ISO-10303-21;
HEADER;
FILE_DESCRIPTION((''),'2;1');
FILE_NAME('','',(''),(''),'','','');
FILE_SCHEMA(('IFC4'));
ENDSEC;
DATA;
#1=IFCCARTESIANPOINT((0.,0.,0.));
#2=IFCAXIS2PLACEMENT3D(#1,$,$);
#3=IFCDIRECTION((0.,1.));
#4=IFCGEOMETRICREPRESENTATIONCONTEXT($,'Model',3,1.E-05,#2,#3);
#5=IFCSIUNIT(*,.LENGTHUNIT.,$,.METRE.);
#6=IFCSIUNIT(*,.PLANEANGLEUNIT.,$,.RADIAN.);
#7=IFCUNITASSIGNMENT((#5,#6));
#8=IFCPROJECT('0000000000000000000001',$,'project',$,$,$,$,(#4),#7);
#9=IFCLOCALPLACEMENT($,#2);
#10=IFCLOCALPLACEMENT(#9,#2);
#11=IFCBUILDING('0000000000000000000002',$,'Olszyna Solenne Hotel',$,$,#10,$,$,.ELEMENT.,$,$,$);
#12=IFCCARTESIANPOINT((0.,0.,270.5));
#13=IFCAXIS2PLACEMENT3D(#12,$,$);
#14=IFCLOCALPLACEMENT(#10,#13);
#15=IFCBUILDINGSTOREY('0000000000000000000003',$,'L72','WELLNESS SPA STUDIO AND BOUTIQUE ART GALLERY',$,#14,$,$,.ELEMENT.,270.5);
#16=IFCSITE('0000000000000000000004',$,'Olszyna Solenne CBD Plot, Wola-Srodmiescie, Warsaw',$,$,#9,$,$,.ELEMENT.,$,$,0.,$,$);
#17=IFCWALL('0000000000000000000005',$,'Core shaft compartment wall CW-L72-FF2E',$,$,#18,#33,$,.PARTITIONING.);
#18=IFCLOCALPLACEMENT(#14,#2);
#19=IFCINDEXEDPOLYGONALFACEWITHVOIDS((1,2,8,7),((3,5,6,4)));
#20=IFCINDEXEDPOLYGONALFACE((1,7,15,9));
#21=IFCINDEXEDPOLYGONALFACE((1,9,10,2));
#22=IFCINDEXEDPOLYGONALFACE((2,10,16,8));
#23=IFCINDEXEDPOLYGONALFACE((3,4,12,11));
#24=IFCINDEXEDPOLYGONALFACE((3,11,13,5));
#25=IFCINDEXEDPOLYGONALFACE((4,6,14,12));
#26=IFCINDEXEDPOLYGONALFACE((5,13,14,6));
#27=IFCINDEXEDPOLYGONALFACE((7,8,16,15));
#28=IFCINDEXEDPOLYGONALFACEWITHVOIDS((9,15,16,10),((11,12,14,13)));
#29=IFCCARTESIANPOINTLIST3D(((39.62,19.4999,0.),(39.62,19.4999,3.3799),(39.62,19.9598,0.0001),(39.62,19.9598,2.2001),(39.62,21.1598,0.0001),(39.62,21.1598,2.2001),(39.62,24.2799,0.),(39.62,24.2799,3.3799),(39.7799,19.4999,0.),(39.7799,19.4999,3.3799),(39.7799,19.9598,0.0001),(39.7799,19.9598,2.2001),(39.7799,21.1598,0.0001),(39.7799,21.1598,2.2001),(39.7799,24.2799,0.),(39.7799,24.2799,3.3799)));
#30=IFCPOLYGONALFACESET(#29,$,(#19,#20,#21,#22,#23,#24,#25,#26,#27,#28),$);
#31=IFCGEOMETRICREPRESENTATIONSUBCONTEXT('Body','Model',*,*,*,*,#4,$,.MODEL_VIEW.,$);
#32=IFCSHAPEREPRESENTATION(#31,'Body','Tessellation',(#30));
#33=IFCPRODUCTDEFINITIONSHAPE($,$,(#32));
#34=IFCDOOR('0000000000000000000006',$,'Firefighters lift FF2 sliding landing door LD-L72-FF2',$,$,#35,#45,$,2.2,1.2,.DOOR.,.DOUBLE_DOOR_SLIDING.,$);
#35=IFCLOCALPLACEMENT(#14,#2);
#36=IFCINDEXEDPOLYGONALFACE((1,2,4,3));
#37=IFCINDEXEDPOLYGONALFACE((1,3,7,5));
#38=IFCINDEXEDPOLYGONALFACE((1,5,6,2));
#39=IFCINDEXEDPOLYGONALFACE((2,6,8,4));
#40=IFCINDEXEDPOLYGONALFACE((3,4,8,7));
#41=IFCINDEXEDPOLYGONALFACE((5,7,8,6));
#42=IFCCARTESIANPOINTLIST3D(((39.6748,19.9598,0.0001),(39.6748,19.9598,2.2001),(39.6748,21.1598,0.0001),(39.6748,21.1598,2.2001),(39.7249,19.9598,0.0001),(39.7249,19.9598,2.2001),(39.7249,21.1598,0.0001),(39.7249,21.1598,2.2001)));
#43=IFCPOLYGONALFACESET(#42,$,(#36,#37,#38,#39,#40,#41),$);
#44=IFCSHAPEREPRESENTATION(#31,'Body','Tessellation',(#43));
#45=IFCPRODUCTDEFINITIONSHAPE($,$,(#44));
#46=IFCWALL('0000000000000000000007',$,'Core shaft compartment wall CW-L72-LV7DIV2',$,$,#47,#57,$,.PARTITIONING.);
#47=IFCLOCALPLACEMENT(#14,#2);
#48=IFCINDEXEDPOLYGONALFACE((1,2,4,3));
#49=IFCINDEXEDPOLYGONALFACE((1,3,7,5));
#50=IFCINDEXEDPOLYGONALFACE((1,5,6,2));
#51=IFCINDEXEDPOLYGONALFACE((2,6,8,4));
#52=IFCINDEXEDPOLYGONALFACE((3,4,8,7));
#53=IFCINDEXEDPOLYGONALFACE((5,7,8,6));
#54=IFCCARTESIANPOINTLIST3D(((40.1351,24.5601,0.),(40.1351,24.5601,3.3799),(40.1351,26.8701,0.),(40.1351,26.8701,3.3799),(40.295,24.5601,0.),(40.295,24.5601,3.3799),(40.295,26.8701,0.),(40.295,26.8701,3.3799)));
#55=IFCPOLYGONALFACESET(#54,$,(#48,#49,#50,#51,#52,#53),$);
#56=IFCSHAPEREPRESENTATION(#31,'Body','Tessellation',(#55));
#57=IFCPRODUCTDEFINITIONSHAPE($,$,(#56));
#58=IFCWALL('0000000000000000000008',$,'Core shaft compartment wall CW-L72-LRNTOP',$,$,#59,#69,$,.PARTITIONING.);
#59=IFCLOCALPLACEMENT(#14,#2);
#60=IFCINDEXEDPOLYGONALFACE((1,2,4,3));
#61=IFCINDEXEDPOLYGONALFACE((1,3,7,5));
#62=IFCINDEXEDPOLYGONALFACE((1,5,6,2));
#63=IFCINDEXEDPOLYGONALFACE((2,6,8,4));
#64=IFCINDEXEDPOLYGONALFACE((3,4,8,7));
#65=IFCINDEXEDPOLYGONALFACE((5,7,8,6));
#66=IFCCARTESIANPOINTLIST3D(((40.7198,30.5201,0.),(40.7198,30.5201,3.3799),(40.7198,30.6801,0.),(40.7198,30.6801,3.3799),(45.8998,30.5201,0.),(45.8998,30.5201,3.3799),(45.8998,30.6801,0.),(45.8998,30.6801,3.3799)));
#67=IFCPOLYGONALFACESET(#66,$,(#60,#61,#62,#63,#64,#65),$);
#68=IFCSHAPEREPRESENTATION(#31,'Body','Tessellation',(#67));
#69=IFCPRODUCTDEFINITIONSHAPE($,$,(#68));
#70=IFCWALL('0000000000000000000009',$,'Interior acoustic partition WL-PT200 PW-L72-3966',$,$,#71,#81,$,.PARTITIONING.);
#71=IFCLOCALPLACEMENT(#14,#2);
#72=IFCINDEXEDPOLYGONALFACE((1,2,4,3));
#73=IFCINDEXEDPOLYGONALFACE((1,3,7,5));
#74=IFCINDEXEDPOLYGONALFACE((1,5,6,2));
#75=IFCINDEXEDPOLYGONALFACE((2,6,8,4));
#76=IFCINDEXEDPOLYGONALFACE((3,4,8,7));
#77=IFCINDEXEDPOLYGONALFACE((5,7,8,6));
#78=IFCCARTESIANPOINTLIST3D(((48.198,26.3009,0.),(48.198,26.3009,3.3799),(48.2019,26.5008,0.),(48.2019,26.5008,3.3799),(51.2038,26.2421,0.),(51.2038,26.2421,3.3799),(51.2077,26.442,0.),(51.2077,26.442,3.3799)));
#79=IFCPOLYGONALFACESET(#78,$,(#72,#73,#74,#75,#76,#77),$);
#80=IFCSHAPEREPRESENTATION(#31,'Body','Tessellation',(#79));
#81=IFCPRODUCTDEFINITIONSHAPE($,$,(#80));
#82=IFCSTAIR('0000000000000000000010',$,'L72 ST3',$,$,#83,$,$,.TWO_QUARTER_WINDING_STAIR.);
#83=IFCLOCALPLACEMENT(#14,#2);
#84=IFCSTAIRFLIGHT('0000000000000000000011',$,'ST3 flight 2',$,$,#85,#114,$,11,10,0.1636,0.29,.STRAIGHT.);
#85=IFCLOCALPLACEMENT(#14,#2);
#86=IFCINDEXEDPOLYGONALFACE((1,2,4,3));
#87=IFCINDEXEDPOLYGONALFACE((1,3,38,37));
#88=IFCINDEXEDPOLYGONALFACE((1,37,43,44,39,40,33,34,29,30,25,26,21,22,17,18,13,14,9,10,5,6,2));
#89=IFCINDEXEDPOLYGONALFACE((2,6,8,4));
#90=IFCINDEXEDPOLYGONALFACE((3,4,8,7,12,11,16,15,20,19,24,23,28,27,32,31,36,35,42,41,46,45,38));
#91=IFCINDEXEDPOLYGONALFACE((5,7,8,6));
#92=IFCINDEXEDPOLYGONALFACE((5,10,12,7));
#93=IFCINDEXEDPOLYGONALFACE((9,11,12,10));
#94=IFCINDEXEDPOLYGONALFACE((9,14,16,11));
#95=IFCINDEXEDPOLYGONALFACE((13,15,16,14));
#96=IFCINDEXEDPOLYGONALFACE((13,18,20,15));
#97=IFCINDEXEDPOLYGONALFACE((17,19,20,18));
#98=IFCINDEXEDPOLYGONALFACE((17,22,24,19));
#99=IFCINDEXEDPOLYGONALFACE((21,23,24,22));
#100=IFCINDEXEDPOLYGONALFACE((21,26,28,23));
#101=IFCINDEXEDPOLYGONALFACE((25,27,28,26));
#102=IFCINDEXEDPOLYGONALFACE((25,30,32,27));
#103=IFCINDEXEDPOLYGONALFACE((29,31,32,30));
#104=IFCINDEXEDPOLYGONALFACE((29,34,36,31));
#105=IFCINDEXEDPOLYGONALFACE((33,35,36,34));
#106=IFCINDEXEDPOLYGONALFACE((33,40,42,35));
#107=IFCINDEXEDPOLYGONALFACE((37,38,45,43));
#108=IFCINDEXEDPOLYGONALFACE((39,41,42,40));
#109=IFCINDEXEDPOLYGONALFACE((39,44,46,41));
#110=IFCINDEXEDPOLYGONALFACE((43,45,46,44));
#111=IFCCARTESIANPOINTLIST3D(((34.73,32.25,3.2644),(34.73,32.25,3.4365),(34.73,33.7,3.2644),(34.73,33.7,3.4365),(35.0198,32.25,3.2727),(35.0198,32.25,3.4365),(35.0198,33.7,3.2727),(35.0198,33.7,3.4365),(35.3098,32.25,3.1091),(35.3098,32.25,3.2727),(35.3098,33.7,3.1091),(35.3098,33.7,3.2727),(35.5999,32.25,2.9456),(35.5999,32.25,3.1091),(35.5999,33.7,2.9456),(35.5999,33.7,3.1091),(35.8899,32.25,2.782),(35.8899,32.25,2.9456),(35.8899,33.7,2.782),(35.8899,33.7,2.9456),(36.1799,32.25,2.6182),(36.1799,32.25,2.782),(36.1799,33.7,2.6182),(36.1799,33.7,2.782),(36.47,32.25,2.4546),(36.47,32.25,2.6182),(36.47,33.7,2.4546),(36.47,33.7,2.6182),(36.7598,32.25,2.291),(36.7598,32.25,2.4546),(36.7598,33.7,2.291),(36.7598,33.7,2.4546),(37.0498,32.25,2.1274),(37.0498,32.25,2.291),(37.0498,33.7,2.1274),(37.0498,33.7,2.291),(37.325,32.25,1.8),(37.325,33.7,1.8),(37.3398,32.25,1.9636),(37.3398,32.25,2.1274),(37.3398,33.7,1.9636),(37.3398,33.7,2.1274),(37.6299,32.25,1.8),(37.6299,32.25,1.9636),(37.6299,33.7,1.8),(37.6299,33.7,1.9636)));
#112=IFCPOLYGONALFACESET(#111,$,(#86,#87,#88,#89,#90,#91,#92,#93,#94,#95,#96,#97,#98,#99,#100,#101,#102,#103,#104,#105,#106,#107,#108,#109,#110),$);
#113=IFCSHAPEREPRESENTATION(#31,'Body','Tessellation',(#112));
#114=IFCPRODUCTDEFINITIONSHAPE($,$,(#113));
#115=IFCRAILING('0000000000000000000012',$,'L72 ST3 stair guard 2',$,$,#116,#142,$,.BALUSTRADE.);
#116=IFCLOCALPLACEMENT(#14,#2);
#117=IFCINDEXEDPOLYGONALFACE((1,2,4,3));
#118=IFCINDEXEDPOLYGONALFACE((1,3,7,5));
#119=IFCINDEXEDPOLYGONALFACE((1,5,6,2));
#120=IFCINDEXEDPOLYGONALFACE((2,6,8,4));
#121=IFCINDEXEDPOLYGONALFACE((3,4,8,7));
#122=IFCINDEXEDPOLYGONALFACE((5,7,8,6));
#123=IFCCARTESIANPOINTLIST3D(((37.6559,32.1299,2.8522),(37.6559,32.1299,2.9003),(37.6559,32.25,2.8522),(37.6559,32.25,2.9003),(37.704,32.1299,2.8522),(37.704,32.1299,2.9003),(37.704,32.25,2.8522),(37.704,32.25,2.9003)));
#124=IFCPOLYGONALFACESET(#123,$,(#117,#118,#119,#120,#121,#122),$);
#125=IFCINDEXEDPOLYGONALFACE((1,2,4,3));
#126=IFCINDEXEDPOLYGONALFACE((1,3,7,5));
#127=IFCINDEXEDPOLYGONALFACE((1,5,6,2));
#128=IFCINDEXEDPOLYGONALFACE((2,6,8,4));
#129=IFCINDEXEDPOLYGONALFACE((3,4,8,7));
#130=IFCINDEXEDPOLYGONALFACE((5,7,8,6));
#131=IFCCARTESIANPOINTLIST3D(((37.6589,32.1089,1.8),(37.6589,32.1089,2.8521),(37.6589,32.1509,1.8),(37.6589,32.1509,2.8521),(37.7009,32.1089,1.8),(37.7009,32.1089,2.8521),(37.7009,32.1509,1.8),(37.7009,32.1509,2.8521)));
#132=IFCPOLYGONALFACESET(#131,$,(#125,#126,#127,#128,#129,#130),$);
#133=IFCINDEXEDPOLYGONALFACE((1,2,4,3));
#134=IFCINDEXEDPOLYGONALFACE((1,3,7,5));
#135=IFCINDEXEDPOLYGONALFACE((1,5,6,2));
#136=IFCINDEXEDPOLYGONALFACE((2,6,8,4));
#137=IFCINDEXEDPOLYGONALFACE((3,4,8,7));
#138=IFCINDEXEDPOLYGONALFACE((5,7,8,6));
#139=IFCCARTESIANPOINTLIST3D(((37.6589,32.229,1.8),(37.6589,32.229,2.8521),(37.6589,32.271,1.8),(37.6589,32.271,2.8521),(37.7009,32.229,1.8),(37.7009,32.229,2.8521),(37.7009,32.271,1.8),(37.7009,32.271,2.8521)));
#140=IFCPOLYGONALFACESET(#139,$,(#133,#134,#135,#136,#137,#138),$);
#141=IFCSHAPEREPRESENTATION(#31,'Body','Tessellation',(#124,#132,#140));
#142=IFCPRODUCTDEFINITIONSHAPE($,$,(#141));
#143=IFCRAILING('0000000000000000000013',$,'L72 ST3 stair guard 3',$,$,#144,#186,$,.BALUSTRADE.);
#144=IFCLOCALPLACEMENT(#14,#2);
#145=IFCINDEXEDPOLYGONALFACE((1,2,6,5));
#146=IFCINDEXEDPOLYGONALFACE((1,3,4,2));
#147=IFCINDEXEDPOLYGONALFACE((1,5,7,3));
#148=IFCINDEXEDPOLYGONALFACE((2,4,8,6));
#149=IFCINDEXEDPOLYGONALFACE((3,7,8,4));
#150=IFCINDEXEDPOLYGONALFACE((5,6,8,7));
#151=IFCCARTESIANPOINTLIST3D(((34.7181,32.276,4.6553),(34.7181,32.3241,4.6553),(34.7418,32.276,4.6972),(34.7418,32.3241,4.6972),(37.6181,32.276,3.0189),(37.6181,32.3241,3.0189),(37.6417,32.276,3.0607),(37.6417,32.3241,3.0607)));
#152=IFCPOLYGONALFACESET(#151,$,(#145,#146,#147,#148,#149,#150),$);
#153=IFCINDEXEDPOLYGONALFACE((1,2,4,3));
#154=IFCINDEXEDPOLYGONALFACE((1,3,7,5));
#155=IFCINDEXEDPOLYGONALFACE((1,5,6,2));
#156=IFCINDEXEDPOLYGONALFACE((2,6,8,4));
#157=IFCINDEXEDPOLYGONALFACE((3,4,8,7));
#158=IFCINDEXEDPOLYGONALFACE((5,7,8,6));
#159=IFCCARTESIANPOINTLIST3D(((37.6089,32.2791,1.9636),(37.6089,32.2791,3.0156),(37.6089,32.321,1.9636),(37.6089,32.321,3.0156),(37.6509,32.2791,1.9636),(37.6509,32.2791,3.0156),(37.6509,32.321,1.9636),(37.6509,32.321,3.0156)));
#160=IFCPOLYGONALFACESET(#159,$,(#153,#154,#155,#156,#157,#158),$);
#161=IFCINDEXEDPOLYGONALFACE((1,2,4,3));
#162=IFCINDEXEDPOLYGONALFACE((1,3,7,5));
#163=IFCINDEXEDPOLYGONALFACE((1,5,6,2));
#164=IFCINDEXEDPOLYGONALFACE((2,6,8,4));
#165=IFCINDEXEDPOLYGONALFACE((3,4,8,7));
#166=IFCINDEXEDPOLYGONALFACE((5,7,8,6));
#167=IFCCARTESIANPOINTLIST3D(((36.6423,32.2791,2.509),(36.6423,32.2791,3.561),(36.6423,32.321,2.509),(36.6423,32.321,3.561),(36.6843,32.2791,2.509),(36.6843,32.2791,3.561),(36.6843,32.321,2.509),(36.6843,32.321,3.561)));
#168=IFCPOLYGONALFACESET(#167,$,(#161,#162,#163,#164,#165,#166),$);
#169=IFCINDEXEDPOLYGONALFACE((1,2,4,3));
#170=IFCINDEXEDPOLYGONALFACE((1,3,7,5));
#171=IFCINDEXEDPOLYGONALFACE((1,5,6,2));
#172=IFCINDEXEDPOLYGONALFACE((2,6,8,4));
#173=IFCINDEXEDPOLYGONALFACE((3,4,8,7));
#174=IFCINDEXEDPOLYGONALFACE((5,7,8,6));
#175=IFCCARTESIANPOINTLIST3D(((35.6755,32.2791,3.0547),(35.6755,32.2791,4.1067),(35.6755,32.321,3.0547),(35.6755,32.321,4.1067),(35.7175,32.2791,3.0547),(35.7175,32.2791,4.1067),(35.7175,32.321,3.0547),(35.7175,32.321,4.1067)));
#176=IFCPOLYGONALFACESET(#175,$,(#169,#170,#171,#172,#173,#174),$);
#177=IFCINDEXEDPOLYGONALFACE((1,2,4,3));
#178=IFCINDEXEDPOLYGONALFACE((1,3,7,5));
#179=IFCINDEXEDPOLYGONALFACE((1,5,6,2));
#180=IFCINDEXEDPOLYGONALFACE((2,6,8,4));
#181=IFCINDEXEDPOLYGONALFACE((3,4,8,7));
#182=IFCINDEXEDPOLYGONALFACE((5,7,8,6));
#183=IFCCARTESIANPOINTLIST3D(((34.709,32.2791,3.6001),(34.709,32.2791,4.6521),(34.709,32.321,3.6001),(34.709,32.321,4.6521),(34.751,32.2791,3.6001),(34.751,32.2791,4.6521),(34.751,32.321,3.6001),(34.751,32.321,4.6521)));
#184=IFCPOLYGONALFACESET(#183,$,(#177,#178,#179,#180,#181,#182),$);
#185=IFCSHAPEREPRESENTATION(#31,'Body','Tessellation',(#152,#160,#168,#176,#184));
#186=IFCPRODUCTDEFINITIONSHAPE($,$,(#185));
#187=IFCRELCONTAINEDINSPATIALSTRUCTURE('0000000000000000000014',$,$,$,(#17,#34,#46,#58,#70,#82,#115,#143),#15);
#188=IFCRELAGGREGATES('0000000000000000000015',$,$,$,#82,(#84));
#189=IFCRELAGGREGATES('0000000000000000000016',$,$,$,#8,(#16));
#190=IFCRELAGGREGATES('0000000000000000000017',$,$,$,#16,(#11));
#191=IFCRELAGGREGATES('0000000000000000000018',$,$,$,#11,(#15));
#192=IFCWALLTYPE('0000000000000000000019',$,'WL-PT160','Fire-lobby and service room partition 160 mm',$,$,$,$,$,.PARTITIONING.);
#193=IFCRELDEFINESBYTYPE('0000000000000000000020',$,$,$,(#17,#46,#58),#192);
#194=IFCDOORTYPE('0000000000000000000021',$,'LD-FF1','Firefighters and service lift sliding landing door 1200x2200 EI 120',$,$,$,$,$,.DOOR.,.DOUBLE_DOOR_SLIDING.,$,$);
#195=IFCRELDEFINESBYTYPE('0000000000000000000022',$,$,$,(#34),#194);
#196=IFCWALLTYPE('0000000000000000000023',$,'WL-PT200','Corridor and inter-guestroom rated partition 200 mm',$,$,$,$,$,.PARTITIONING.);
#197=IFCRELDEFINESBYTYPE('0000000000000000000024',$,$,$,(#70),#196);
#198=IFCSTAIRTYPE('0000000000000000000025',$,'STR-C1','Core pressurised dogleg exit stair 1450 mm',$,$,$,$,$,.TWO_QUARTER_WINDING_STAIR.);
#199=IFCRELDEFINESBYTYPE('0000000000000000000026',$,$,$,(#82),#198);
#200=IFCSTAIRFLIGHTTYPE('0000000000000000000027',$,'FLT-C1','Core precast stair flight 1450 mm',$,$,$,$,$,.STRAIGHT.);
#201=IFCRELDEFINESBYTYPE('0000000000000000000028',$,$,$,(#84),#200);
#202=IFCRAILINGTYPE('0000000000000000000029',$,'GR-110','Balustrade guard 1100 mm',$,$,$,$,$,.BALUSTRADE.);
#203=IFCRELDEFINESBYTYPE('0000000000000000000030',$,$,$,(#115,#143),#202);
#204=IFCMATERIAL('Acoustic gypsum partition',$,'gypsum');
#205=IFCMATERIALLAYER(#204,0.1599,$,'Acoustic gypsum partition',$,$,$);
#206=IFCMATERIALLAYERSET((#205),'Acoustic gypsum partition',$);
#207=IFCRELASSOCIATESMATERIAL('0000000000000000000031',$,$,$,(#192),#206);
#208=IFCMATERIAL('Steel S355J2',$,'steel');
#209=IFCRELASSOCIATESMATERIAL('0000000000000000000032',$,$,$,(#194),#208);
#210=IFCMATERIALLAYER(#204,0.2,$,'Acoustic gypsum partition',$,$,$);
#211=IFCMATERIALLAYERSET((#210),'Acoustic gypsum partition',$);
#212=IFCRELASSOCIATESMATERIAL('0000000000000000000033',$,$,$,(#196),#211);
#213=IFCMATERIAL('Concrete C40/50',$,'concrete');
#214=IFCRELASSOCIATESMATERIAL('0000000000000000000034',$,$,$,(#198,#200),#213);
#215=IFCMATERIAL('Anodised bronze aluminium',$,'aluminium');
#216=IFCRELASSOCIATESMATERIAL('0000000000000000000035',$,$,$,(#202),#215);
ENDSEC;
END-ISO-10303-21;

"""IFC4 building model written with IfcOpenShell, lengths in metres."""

from ifc_helpers import new_model, si_unit, direction, frame, frame_2d, origin, origin_2d, place, context, subcontext, project, spatial, polyline, rectangle, outline, extrude, source, transform, mapped, material, layer, layer_set, type_object, type_shapes, element, fill, aggregate, save


model = new_model("IFC4")

# Units and contexts
model_context = context("Model", 3, precision=1e-05, world=origin(), true_north=direction((0.0, 1.0)))
body_context = subcontext(model_context, "Body", "Model", "MODEL_VIEW")
ifc_project = project(units=[si_unit("LENGTHUNIT", "METRE"), si_unit("PLANEANGLEUNIT", "RADIAN")], contexts=[model_context])

# Site, building, storey
site_placement = place(None, origin())
site = spatial("IfcSite", under=ifc_project, at=site_placement, Name="Olszyna Solenne CBD Plot, Wola-Srodmiescie, Warsaw", CompositionType="ELEMENT", RefElevation=0.0)
building_placement = place(site_placement, origin())
building = spatial("IfcBuilding", under=site, at=building_placement, Name="Olszyna Solenne Hotel", CompositionType="ELEMENT")
storey_placement = place(building_placement, frame((0.0, 0.0, 270.5)))
storey = spatial("IfcBuildingStorey", under=building, at=storey_placement, Name="L72", Description="WELLNESS SPA STUDIO AND BOUTIQUE ART GALLERY", CompositionType="ELEMENT", Elevation=270.5)

# Shared definitions
ifc_material_1 = material(Name="Steel S355J2", Category="steel")

# Shared definitions
ifc_material_2 = material(Name="Anodised bronze aluminium", Category="aluminium")

# Shared definitions
ifc_material_3 = material(Name="Acoustic gypsum partition", Category="gypsum")

# Shared definitions
ifc_layer_1 = layer(ifc_material_3, 0.1599, Name="Acoustic gypsum partition")
ifc_layer_set_1 = layer_set([ifc_layer_1], Name="Acoustic gypsum partition")
wall_type_1 = type_object("IfcWallType", Name="WL-PT160", Description="Fire-lobby and service room partition 160 mm", PredefinedType="PARTITIONING", material=ifc_layer_set_1)

# Wall, opening, door
wall_1_placement = place(storey_placement, frame((39.7, 24.28, 0.0), z_axis=(0.0, 0.0, 1.0), x_axis=(0.0, -1.0, 0.0)))
wall_1 = element("IfcWall", 1, at=wall_1_placement, inside=storey, type_object=wall_type_1, Name="Core shaft compartment wall CW-L72-FF2E", PredefinedType="PARTITIONING", context=body_context, shape_type="SweptSolid", body=[
    extrude(rectangle(XDim=4.78, YDim=0.1599, at=frame_2d((2.3901, 0.0))), origin(), (0.0, 0.0, 1.0), 3.3799),
])
opening_1_placement = place(wall_1_placement, frame((3.1201, 0.0, 0.0)))
opening_1 = element("IfcOpeningElement", 2, at=opening_1_placement, cuts=wall_1, PredefinedType="OPENING", context=body_context, shape_type="SweptSolid", body=[
    extrude(rectangle(XDim=1.2, YDim=2.2, at=frame_2d((0.6001, 1.1001))), frame((0.0, 0.0898, 0.0), z_axis=(0.0, -1.0, 0.0), x_axis=(1.0, 0.0, 0.0)), (0.0, 0.0, 1.0), 0.1799),
])
door_type_1 = type_object("IfcDoorType", Name="LD-FF1", Description="Firefighters and service lift sliding landing door 1200x2200 EI 120", OperationType="DOUBLE_DOOR_SLIDING", PredefinedType="DOOR", material=ifc_material_1)
shared_shape_1 = source(origin(), body_context, "Body", "SweptSolid", [
    extrude(rectangle(XDim=1.2, YDim=2.2, at=frame_2d((0.6001, 1.1001))), frame((0.0, 0.0249, 0.0), z_axis=(0.0, -1.0, 0.0), x_axis=(1.0, 0.0, 0.0)), (0.0, 0.0, 1.0), 0.05),
])
type_shapes(door_type_1, [shared_shape_1])
door_1_placement = place(opening_1_placement, origin())
door_1 = element("IfcDoor", 3, at=door_1_placement, inside=storey, type_object=door_type_1, Name="Firefighters lift FF2 sliding landing door LD-L72-FF2", OperationType="DOUBLE_DOOR_SLIDING", OverallHeight=2.2, OverallWidth=1.2, PredefinedType="DOOR", context=body_context, shape_type="MappedRepresentation", body=[
    mapped(shared_shape_1, transform((0.0, 0.0, 0.0), x_axis=(1.0, 0.0, 0.0), y_axis=(0.0, 1.0, 0.0), z_axis=(0.0, 0.0, 1.0), scale=1.0)),
])
fill(opening_1, door_1)

# Walls
wall_2_placement = place(storey_placement, frame((40.2151, 24.5601, 0.0), z_axis=(0.0, 0.0, 1.0), x_axis=(0.0, 1.0, 0.0)))
element("IfcWall", 4, at=wall_2_placement, inside=storey, type_object=wall_type_1, Name="Core shaft compartment wall CW-L72-LV7DIV2", PredefinedType="PARTITIONING", context=body_context, shape_type="SweptSolid", body=[
    extrude(rectangle(XDim=2.3101, YDim=0.1599, at=frame_2d((1.155, 0.0))), origin(), (0.0, 0.0, 1.0), 3.3799),
])
wall_3_placement = place(storey_placement, frame((40.72, 30.6001, 0.0), z_axis=(0.0, 0.0, 1.0), x_axis=(1.0, 0.0, 0.0)))
element("IfcWall", 5, at=wall_3_placement, inside=storey, type_object=wall_type_1, Name="Core shaft compartment wall CW-L72-LRNTOP", PredefinedType="PARTITIONING", context=body_context, shape_type="SweptSolid", body=[
    extrude(rectangle(XDim=5.1799, YDim=0.1599, at=frame_2d((2.5898, 0.0))), origin(), (0.0, 0.0, 1.0), 3.3799),
])
ifc_layer_2 = layer(ifc_material_3, 0.2, Name="Acoustic gypsum partition")
ifc_layer_set_2 = layer_set([ifc_layer_2], Name="Acoustic gypsum partition")
wall_type_2 = type_object("IfcWallType", Name="WL-PT200", Description="Corridor and inter-guestroom rated partition 200 mm", PredefinedType="PARTITIONING", material=ifc_layer_set_2)
wall_4_placement = place(storey_placement, frame((48.2, 26.4009, 0.0), z_axis=(0.0, 0.0, 1.0), x_axis=(0.999808, -0.019571, 0.0)))
element("IfcWall", 6, at=wall_4_placement, inside=storey, type_object=wall_type_2, Name="Interior acoustic partition WL-PT200 PW-L72-3966", PredefinedType="PARTITIONING", context=body_context, shape_type="SweptSolid", body=[
    extrude(rectangle(XDim=3.0063, YDim=0.2, at=frame_2d((1.5032, 0.0))), origin(), (0.0, 0.0, 1.0), 3.3799),
])

# Stair, stair flight
ifc_material_4 = material(Name="Concrete C40/50", Category="concrete")
stair_type = type_object("IfcStairType", Name="STR-C1", Description="Core pressurised dogleg exit stair 1450 mm", PredefinedType="TWO_QUARTER_WINDING_STAIR", material=ifc_material_4)
stair_placement = place(storey_placement, origin())
stair = element("IfcStair", 7, at=stair_placement, inside=storey, type_object=stair_type, Name="L72 ST3", PredefinedType="TWO_QUARTER_WINDING_STAIR")
stair_flight_type = type_object("IfcStairFlightType", Name="FLT-C1", Description="Core precast stair flight 1450 mm", PredefinedType="STRAIGHT", material=ifc_material_4)
stair_flight_placement = place(storey_placement, frame((37.6299, 32.9751, 1.8), z_axis=(0.0, 0.0, 1.0), x_axis=(-1.0, 0.0, 0.0)))
stair_flight = element("IfcStairFlight", 8, at=stair_flight_placement, type_object=stair_flight_type, Name="ST3 flight 2", NumberOfRisers=11, NumberOfTreads=10, PredefinedType="STRAIGHT", RiserHeight=0.1636, TreadLength=0.29, context=body_context, shape_type="SweptSolid", body=[
    extrude(outline(polyline([(0.0, 0.0), (0.0, 0.1636), (0.29, 0.1636), (0.29, 0.3274), (0.5801, 0.3274), (0.5801, 0.491), (0.8701, 0.491), (0.8701, 0.6545), (1.1599, 0.6545), (1.1599, 0.8181), (1.45, 0.8181), (1.45, 0.9819), (1.74, 0.9819), (1.74, 1.1455), (2.03, 1.1455), (2.03, 1.3091), (2.3201, 1.3091), (2.3201, 1.4727), (2.6101, 1.4727), (2.6101, 1.6365), (2.8999, 1.6365), (2.8999, 1.8), (2.8999, 1.4644), (0.3049, 0.0), (0.0, 0.0)])), frame((0.0, 0.7251, 0.0), z_axis=(0.0, -1.0, 0.0), x_axis=(1.0, 0.0, 0.0)), (0.0, 0.0, 1.0), 1.45),
])
aggregate(stair, [stair_flight])

# Railings
railing_type_1 = type_object("IfcRailingType", Name="GR-110", Description="Balustrade guard 1100 mm", PredefinedType="BALUSTRADE", material=ifc_material_2)
railing_1_placement = place(storey_placement, frame((37.6799, 32.1299, 1.8)))
element("IfcRailing", 9, at=railing_1_placement, inside=storey, type_object=railing_type_1, Name="L72 ST3 stair guard 2", PredefinedType="BALUSTRADE", context=body_context, shape_type="SweptSolid", body=[
    extrude(rectangle(XDim=0.0481, YDim=0.0481, at=origin_2d()), frame((0.0, 0.0, 1.0762), z_axis=(0.0, 1.0, 0.0), x_axis=(-1.0, 0.0, 0.0)), (0.0, 0.0, 1.0), 0.1201),
    extrude(rectangle(XDim=0.042, YDim=0.042, at=origin_2d()), origin(), (0.0, 0.0, 1.0), 1.052),
    extrude(rectangle(XDim=0.042, YDim=0.042, at=origin_2d()), frame((0.0, 0.1201, 0.0)), (0.0, 0.0, 1.0), 1.052),
])
railing_2_placement = place(storey_placement, frame((37.6299, 32.3, 1.9636)))
element("IfcRailing", 10, at=railing_2_placement, inside=storey, type_object=railing_type_1, Name="L72 ST3 stair guard 3", PredefinedType="BALUSTRADE", context=body_context, shape_type="SweptSolid", body=[
    extrude(rectangle(XDim=0.0481, YDim=0.0481, at=origin_2d()), frame((0.0, 0.0, 1.0762), z_axis=(-0.870897, 0.0, 0.491465), x_axis=(0.0, -1.0, 0.0)), (0.0, 0.0, 1.0), 3.3298),
    extrude(rectangle(XDim=0.042, YDim=0.042, at=origin_2d()), origin(), (0.0, 0.0, 1.0), 1.052),
    extrude(rectangle(XDim=0.042, YDim=0.042, at=origin_2d()), frame((-0.9666, 0.0, 0.5454)), (0.0, 0.0, 1.0), 1.052),
    extrude(rectangle(XDim=0.042, YDim=0.042, at=origin_2d()), frame((-1.9333, 0.0, 1.0911)), (0.0, 0.0, 1.0), 1.052),
    extrude(rectangle(XDim=0.042, YDim=0.042, at=origin_2d()), frame((-2.8999, 0.0, 1.6365)), (0.0, 0.0, 1.0), 1.052),
])

save(model, "model.ifc")
